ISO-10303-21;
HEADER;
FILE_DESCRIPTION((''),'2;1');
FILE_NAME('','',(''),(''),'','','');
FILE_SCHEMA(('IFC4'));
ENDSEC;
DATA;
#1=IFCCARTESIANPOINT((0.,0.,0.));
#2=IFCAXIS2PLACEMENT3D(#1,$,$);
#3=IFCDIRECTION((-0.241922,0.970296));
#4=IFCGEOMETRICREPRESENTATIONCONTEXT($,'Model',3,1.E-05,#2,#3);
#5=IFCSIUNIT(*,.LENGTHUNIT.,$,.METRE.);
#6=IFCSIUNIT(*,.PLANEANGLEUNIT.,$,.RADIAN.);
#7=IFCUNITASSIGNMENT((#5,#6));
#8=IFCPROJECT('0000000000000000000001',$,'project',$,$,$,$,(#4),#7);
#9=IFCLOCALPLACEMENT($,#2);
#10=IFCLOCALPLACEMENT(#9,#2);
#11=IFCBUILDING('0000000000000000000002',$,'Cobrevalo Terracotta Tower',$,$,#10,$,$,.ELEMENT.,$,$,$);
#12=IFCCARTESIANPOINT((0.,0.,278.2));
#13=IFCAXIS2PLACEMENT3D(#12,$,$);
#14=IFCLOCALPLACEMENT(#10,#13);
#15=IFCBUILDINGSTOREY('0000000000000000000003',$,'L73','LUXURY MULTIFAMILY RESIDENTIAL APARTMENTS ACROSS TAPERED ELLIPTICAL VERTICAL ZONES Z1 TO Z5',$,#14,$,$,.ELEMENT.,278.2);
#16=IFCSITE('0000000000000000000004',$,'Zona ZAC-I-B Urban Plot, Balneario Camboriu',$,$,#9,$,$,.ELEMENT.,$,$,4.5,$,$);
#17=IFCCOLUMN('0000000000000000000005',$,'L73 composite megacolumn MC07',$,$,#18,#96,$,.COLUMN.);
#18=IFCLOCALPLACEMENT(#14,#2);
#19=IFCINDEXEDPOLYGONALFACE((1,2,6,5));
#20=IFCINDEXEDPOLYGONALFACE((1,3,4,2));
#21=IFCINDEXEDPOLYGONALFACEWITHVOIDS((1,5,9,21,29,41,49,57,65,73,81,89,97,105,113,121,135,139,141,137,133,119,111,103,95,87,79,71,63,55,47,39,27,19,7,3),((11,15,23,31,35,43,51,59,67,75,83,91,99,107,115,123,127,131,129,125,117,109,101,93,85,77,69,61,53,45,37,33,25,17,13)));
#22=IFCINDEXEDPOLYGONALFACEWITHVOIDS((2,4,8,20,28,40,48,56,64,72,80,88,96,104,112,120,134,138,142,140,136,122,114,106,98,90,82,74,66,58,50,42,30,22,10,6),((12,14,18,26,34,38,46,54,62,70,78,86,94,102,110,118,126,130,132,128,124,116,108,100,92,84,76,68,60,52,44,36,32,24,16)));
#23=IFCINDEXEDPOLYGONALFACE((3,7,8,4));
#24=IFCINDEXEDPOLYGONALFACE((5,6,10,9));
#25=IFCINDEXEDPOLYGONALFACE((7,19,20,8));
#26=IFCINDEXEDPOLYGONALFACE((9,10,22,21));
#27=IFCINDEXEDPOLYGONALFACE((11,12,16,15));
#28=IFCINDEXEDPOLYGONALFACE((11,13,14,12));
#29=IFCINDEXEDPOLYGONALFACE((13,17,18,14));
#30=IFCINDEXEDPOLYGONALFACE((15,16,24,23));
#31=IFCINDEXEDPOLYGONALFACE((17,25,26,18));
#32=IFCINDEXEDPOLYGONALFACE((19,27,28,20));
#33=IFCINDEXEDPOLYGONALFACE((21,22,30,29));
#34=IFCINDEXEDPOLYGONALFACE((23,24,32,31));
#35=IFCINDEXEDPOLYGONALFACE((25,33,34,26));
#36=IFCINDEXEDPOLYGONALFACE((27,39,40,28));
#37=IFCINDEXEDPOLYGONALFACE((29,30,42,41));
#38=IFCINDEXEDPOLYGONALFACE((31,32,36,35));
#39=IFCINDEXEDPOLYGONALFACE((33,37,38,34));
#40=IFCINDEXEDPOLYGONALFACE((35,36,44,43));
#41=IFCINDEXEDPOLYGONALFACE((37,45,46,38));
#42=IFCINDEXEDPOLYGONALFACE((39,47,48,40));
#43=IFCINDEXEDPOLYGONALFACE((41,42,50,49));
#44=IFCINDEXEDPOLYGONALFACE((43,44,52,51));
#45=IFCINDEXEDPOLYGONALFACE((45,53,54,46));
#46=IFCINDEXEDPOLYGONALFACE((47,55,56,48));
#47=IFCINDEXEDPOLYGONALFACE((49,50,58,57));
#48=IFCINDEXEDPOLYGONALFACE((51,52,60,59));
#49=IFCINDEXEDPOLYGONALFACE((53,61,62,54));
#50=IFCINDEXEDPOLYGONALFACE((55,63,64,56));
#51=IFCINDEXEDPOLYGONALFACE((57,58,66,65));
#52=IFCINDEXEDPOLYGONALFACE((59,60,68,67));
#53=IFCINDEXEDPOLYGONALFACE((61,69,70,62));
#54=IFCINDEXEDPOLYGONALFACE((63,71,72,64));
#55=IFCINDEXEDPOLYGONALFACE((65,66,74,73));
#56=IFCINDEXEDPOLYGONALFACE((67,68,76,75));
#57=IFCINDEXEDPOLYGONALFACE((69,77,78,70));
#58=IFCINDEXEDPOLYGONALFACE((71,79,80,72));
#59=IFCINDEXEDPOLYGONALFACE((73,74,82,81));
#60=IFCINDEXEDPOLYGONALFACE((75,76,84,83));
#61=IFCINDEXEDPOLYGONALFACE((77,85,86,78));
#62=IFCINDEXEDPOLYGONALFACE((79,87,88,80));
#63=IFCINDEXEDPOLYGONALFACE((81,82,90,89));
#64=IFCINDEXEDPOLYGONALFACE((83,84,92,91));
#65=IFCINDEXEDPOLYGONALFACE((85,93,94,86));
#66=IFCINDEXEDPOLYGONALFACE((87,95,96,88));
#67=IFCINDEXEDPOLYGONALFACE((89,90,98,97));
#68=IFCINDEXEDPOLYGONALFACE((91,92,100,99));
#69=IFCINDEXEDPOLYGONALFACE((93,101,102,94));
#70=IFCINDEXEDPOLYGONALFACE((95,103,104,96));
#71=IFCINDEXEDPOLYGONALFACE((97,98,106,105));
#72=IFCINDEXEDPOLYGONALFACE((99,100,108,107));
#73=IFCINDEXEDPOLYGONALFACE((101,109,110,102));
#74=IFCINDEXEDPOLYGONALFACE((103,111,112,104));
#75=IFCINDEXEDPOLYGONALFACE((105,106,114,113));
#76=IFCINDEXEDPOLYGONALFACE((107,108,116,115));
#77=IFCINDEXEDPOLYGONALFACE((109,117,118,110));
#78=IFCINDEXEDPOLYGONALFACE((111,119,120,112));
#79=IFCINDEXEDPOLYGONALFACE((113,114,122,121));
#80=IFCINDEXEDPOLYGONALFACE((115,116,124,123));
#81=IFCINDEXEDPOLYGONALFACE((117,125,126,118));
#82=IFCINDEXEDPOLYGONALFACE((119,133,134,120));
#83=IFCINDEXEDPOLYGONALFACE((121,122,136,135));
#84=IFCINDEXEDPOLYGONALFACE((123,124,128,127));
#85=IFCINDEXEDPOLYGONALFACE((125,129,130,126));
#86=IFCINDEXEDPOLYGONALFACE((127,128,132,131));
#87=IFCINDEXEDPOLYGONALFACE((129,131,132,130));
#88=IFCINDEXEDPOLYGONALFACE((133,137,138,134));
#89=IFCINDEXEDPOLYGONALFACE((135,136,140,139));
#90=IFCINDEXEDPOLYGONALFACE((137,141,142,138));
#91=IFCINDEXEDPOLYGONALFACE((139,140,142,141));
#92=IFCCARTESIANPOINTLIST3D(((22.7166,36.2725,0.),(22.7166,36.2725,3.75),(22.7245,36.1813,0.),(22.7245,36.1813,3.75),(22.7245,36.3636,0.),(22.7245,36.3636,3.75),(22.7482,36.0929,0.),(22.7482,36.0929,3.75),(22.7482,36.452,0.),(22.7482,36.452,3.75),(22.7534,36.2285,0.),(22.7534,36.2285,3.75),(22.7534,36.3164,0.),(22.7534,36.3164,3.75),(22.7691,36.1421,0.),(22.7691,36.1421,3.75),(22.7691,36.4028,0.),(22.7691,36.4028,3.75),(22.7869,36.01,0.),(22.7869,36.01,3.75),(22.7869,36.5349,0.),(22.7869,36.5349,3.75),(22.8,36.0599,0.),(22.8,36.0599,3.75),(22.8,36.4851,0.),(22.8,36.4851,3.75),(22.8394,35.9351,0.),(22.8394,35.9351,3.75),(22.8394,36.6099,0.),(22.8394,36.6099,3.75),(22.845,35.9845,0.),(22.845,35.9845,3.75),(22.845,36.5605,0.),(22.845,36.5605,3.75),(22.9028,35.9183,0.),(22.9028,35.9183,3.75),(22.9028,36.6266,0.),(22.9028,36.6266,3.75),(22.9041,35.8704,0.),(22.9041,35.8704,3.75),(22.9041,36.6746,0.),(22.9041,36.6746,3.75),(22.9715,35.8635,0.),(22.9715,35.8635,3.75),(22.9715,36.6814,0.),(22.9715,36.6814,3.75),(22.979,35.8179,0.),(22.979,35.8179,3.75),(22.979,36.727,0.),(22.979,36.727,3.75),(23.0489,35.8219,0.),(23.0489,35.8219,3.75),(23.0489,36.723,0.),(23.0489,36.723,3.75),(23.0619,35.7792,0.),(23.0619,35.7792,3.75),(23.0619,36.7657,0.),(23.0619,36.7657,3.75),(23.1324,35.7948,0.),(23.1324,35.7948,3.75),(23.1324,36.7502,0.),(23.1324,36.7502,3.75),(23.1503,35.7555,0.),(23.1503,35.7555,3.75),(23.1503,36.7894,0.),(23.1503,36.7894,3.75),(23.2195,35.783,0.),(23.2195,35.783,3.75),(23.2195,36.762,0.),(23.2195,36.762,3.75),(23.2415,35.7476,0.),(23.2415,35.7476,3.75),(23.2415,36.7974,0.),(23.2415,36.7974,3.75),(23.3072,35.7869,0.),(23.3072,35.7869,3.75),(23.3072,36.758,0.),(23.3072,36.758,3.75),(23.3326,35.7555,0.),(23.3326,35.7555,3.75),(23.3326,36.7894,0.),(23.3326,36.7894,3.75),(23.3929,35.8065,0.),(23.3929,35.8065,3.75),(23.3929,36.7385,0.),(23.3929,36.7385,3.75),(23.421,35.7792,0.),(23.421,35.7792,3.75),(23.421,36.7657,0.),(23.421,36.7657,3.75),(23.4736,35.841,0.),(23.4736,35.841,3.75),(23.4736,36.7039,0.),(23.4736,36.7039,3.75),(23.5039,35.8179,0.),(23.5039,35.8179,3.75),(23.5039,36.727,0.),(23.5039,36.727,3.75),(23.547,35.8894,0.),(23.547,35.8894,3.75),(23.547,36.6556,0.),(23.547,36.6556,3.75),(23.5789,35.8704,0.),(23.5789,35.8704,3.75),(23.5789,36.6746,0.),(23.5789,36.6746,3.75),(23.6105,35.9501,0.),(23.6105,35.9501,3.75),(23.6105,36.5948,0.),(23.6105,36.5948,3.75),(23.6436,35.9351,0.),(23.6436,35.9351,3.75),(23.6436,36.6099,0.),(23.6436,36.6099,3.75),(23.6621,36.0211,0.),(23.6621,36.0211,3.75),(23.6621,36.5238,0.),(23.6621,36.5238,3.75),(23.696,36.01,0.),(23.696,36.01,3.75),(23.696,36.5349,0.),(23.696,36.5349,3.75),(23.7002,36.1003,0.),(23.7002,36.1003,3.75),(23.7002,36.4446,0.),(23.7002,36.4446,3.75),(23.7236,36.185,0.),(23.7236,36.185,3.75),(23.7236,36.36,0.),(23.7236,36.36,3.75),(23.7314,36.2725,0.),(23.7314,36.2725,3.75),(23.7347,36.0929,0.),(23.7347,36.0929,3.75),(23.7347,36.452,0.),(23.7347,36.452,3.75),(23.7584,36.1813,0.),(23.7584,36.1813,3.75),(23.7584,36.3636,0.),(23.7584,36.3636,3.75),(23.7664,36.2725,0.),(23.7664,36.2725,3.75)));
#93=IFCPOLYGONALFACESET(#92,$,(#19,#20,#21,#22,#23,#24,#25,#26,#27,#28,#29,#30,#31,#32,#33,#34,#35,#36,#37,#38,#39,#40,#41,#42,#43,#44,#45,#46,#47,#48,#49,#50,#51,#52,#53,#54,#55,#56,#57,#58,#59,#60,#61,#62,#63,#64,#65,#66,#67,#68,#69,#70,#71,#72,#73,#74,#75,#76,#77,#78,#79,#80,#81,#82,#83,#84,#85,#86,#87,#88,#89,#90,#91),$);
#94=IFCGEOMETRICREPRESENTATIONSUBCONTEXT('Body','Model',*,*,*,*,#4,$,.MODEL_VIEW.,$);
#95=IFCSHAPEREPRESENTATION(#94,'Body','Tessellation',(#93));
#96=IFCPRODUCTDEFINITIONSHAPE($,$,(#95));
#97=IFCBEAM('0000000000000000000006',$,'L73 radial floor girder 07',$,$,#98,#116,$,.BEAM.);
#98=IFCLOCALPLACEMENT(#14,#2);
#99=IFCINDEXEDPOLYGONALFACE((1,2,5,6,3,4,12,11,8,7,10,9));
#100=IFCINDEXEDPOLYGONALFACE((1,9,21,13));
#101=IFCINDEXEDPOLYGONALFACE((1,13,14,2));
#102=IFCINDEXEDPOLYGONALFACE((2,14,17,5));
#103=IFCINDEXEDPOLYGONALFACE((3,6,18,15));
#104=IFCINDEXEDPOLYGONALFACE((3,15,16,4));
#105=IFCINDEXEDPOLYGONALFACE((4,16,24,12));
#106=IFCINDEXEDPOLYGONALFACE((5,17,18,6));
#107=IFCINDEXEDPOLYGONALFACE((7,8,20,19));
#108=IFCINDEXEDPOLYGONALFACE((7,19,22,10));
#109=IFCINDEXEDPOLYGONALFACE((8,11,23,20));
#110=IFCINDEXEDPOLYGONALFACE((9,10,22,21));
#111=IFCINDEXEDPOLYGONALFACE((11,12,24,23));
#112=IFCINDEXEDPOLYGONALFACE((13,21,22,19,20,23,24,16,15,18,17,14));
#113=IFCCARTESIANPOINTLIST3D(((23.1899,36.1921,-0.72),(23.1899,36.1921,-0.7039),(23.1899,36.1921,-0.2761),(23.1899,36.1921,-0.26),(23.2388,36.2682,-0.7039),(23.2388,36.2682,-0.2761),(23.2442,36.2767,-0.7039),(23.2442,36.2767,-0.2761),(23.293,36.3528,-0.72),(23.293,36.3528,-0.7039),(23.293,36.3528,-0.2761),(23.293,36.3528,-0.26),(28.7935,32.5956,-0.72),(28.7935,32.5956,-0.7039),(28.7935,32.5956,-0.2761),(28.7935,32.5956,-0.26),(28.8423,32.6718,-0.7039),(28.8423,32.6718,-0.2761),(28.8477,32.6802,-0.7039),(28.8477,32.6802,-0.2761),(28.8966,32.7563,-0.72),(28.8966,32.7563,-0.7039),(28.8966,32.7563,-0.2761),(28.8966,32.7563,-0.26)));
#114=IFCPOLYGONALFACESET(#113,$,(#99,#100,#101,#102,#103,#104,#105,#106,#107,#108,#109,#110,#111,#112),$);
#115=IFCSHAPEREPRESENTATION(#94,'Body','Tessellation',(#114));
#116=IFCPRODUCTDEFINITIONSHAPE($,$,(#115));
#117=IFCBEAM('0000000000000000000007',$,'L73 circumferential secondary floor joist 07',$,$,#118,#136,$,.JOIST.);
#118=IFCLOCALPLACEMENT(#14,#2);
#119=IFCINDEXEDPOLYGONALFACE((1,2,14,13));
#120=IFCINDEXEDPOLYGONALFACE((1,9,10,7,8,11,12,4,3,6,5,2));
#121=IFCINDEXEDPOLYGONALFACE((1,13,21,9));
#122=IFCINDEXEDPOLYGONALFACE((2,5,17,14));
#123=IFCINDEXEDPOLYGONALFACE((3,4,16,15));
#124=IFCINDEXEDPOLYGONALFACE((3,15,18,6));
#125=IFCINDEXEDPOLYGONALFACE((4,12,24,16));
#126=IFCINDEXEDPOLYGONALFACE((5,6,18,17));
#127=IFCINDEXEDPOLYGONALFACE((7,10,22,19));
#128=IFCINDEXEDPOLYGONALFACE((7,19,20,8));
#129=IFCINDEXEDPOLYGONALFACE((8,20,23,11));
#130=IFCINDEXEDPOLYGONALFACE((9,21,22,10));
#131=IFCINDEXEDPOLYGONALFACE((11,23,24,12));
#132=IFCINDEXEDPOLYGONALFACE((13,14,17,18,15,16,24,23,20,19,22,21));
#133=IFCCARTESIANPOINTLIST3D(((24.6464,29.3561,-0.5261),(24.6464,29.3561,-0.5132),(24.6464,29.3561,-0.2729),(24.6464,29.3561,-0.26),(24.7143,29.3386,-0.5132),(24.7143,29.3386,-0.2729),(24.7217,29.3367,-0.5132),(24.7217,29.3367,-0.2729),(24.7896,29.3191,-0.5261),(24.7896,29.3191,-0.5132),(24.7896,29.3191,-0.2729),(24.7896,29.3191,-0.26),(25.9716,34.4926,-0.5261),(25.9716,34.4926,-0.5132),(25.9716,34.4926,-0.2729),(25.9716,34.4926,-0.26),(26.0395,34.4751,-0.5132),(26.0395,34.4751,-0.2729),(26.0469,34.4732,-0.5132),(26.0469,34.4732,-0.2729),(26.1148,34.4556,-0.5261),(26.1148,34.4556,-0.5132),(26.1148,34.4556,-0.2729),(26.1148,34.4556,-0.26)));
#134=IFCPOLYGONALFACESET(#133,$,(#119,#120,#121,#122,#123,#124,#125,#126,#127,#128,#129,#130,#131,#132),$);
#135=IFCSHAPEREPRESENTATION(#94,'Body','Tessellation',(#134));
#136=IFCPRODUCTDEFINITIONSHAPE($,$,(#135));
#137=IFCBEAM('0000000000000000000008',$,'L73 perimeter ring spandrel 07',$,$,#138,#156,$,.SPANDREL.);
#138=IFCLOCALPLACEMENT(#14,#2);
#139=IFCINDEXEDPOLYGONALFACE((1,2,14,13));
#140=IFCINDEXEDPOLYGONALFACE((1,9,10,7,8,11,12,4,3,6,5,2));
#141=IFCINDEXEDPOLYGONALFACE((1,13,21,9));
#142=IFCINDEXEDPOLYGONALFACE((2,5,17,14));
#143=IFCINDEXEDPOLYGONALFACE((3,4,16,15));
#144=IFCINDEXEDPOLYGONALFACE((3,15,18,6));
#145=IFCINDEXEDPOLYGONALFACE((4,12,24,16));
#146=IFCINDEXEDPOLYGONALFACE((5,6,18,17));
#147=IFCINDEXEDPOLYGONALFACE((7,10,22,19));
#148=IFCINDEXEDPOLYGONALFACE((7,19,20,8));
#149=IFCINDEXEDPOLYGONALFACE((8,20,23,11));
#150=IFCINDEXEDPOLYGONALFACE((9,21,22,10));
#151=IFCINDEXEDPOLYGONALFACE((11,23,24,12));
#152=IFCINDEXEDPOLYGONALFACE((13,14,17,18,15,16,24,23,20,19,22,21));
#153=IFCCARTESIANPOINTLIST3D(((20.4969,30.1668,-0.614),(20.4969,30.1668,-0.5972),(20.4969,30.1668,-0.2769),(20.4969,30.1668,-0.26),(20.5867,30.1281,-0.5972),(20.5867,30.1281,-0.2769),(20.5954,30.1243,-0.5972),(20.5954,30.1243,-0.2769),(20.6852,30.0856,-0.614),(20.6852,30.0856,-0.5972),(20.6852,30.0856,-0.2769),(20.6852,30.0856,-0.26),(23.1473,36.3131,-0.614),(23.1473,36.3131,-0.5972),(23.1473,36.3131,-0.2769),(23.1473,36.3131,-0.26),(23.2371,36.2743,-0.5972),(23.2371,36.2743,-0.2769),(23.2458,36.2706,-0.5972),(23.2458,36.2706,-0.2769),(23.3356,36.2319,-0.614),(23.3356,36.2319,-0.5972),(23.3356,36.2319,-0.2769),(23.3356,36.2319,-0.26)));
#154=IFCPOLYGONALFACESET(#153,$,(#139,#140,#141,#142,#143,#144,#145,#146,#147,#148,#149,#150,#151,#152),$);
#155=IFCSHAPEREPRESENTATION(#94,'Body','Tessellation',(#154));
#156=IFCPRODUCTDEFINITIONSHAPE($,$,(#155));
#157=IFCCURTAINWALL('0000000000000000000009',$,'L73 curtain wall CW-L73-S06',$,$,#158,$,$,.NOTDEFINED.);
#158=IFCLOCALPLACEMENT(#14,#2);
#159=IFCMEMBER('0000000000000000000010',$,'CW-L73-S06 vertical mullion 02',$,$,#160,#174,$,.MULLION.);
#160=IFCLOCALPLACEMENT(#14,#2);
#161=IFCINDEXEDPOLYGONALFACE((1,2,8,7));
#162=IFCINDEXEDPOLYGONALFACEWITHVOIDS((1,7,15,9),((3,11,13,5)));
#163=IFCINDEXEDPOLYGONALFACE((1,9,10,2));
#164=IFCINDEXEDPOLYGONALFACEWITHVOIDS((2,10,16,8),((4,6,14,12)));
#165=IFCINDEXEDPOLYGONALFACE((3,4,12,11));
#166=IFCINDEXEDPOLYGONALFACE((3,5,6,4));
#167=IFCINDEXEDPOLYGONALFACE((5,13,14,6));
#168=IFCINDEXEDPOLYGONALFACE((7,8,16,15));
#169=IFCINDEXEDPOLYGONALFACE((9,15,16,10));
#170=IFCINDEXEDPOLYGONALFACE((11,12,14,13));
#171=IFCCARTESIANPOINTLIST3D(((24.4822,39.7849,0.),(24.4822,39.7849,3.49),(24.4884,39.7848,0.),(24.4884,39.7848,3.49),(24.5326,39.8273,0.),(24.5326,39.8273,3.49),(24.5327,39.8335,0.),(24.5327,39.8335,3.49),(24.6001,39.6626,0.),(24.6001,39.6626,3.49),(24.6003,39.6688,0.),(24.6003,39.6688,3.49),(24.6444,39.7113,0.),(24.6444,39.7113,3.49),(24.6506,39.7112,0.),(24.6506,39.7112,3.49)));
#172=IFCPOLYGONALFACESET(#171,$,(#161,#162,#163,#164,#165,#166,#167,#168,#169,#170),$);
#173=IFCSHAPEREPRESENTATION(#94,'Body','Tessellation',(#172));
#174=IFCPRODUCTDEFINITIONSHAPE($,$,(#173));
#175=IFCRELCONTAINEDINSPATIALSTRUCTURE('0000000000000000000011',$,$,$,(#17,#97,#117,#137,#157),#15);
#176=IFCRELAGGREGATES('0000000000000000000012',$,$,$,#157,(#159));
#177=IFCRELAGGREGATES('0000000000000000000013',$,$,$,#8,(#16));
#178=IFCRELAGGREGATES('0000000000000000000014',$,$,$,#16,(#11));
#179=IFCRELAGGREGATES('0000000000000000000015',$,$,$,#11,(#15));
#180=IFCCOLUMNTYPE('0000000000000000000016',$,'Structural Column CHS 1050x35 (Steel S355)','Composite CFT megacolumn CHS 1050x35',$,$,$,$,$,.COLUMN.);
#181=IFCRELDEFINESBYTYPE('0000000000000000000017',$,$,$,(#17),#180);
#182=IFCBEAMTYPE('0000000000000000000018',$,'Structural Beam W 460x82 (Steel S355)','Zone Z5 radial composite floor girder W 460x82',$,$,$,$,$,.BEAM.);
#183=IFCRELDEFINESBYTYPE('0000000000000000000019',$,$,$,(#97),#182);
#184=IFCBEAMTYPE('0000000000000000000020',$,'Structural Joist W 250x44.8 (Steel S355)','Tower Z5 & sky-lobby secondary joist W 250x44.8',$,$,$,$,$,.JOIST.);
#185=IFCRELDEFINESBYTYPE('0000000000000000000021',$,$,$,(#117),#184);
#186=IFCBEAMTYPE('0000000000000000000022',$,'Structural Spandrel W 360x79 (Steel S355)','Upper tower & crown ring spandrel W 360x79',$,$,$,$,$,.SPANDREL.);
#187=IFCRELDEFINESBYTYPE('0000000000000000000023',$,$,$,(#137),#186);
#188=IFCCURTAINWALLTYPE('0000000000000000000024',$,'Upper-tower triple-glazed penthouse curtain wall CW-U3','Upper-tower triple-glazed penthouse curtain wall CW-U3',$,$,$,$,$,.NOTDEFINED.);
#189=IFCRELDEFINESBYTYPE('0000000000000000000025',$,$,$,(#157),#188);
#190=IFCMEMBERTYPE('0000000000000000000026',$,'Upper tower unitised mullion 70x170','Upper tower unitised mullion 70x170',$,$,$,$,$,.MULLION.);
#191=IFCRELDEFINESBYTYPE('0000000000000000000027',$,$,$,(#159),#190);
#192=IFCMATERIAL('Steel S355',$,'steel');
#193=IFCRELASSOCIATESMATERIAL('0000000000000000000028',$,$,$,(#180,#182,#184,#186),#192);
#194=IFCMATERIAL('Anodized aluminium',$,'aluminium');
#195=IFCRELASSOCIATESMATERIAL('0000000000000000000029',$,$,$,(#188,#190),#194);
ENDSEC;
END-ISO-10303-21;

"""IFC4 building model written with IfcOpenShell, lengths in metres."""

from ifc_helpers import new_model, si_unit, direction, frame, origin, origin_2d, place, context, subcontext, project, spatial, hollow_rectangle, hollow_circle, i_section, extrude, source, transform, mapped, material, material_profile, profile_set, type_object, element, aggregate, save


model = new_model("IFC4")

# Units and contexts
model_context = context("Model", 3, precision=1e-05, world=origin(), true_north=direction((-0.241922, 0.970296)))
body_context = subcontext(model_context, "Body", "Model", "MODEL_VIEW")
ifc_project = project(units=[si_unit("LENGTHUNIT", "METRE"), si_unit("PLANEANGLEUNIT", "RADIAN")], contexts=[model_context])

# Site, building, storey
site_placement = place(None, origin())
site = spatial("IfcSite", under=ifc_project, at=site_placement, Name="Zona ZAC-I-B Urban Plot, Balneario Camboriu", CompositionType="ELEMENT", RefElevation=4.5)
building_placement = place(site_placement, origin())
building = spatial("IfcBuilding", under=site, at=building_placement, Name="Cobrevalo Terracotta Tower", CompositionType="ELEMENT")
storey_placement = place(building_placement, frame((0.0, 0.0, 278.2)))
storey = spatial("IfcBuildingStorey", under=building, at=storey_placement, Name="L73", Description="LUXURY MULTIFAMILY RESIDENTIAL APARTMENTS ACROSS TAPERED ELLIPTICAL VERTICAL ZONES Z1 TO Z5", CompositionType="ELEMENT", Elevation=278.2)

# Column
ifc_material_1 = material(Name="Steel S355", Category="steel")
ifc_material_profile_1 = material_profile(ifc_material_1, hollow_circle(Radius=0.5249, WallThickness=0.0349, at=origin_2d()), Name="CHS 1050x35")
ifc_profile_set_1 = profile_set([ifc_material_profile_1], Name="Steel S355")
column_type = type_object("IfcColumnType", Name="Structural Column CHS 1050x35 (Steel S355)", Description="Composite CFT megacolumn CHS 1050x35", PredefinedType="COLUMN", material=ifc_profile_set_1)
column_placement = place(storey_placement, frame((23.2415, 36.2725, 0.0), z_axis=(0.0, 0.0, 1.0), x_axis=(1.0, 0.0, 0.0)))
element("IfcColumn", 1, at=column_placement, inside=storey, type_object=column_type, Name="L73 composite megacolumn MC07", PredefinedType="COLUMN", context=body_context, shape_type="SweptSolid", body=[
    extrude(hollow_circle(Radius=0.5249, WallThickness=0.0349, at=origin_2d()), origin(), (0.0, 0.0, 1.0), 3.75),
])

# Beams
ifc_material_profile_2 = material_profile(ifc_material_1, i_section(OverallWidth=0.1909, OverallDepth=0.46, WebThickness=0.01, FlangeThickness=0.0161, at=origin_2d()), Name="W 460x82")
ifc_profile_set_2 = profile_set([ifc_material_profile_2], Name="Steel S355")
beam_type_1 = type_object("IfcBeamType", Name="Structural Beam W 460x82 (Steel S355)", Description="Zone Z5 radial composite floor girder W 460x82", PredefinedType="BEAM", material=ifc_profile_set_2)
beam_1_placement = place(storey_placement, frame((23.2415, 36.2725, -0.49), z_axis=(0.841576, -0.540138, 0.0), x_axis=(0.540138, 0.841576, 0.0)))
element("IfcBeam", 2, at=beam_1_placement, inside=storey, type_object=beam_type_1, Name="L73 radial floor girder 07", PredefinedType="BEAM", context=body_context, shape_type="SweptSolid", body=[
    extrude(i_section(OverallWidth=0.1909, OverallDepth=0.46, WebThickness=0.01, FlangeThickness=0.0161, at=origin_2d()), origin(), (0.0, 0.0, 1.0), 6.6584),
])
ifc_material_profile_3 = material_profile(ifc_material_1, i_section(OverallWidth=0.1479, OverallDepth=0.2661, WebThickness=0.0076, FlangeThickness=0.0129, at=origin_2d()), Name="W 250x44.8")
ifc_profile_set_3 = profile_set([ifc_material_profile_3], Name="Steel S355")
beam_type_2 = type_object("IfcBeamType", Name="Structural Joist W 250x44.8 (Steel S355)", Description="Tower Z5 & sky-lobby secondary joist W 250x44.8", PredefinedType="JOIST", material=ifc_profile_set_3)
beam_2_placement = place(storey_placement, frame((26.0432, 34.4741, -0.3931), z_axis=(-0.249817, -0.968293, 0.0), x_axis=(0.968293, -0.249817, 0.0)))
element("IfcBeam", 3, at=beam_2_placement, inside=storey, type_object=beam_type_2, Name="L73 circumferential secondary floor joist 07", PredefinedType="JOIST", context=body_context, shape_type="SweptSolid", body=[
    extrude(i_section(OverallWidth=0.1479, OverallDepth=0.2661, WebThickness=0.0076, FlangeThickness=0.0129, at=origin_2d()), origin(), (0.0, 0.0, 1.0), 5.3047),
])
ifc_material_profile_4 = material_profile(ifc_material_1, i_section(OverallWidth=0.2051, OverallDepth=0.354, WebThickness=0.0095, FlangeThickness=0.0168, at=origin_2d()), Name="W 360x79")
ifc_profile_set_4 = profile_set([ifc_material_profile_4], Name="Steel S355")
beam_type_3 = type_object("IfcBeamType", Name="Structural Spandrel W 360x79 (Steel S355)", Description="Upper tower & crown ring spandrel W 360x79", PredefinedType="SPANDREL", material=ifc_profile_set_4)
beam_3_placement = place(storey_placement, frame((23.2415, 36.2725, -0.437), z_axis=(-0.395974, -0.918262, 0.0), x_axis=(0.918262, -0.395974, 0.0)))
element("IfcBeam", 4, at=beam_3_placement, inside=storey, type_object=beam_type_3, Name="L73 perimeter ring spandrel 07", PredefinedType="SPANDREL", context=body_context, shape_type="SweptSolid", body=[
    extrude(i_section(OverallWidth=0.2051, OverallDepth=0.354, WebThickness=0.0095, FlangeThickness=0.0168, at=origin_2d()), origin(), (0.0, 0.0, 1.0), 6.6934),
])

# Curtain wall, member
ifc_material_2 = material(Name="Anodized aluminium", Category="aluminium")
curtain_wall_type = type_object("IfcCurtainWallType", Name="Upper-tower triple-glazed penthouse curtain wall CW-U3", Description="Upper-tower triple-glazed penthouse curtain wall CW-U3", PredefinedType="NOTDEFINED", material=ifc_material_2)
curtain_wall_placement = place(storey_placement, origin())
curtain_wall = element("IfcCurtainWall", 5, at=curtain_wall_placement, inside=storey, type_object=curtain_wall_type, Name="L73 curtain wall CW-L73-S06", PredefinedType="NOTDEFINED")
ifc_material_profile_5 = material_profile(ifc_material_2, hollow_rectangle(XDim=0.0701, YDim=0.1699, WallThickness=0.0044, at=origin_2d()), Name="CWM 70x170")
ifc_profile_set_5 = profile_set([ifc_material_profile_5], Name="Anodized aluminium")
member_type_1 = type_object("IfcMemberType", Name="Upper tower unitised mullion 70x170", Description="Upper tower unitised mullion 70x170", PredefinedType="MULLION", material=ifc_profile_set_5)
shared_shape_1 = source(origin(), body_context, "Body", "SweptSolid", [
    extrude(hollow_rectangle(XDim=0.0701, YDim=0.1699, WallThickness=0.0044, at=origin_2d()), origin(), (0.0, 0.0, 1.0), 3.49),
])
member_1_placement = place(storey_placement, frame((24.5664, 39.748, 0.0), z_axis=(0.0, 0.0, 1.0), x_axis=(-0.719994, -0.69398, 0.0)))
member_1 = element("IfcMember", 6, at=member_1_placement, type_object=member_type_1, Name="CW-L73-S06 vertical mullion 02", PredefinedType="MULLION", context=body_context, shape_type="MappedRepresentation", body=[
    mapped(shared_shape_1, transform((0.0, 0.0, 0.0), scale=1.0)),
])
aggregate(curtain_wall, [member_1])

save(model, "model.ifc")
